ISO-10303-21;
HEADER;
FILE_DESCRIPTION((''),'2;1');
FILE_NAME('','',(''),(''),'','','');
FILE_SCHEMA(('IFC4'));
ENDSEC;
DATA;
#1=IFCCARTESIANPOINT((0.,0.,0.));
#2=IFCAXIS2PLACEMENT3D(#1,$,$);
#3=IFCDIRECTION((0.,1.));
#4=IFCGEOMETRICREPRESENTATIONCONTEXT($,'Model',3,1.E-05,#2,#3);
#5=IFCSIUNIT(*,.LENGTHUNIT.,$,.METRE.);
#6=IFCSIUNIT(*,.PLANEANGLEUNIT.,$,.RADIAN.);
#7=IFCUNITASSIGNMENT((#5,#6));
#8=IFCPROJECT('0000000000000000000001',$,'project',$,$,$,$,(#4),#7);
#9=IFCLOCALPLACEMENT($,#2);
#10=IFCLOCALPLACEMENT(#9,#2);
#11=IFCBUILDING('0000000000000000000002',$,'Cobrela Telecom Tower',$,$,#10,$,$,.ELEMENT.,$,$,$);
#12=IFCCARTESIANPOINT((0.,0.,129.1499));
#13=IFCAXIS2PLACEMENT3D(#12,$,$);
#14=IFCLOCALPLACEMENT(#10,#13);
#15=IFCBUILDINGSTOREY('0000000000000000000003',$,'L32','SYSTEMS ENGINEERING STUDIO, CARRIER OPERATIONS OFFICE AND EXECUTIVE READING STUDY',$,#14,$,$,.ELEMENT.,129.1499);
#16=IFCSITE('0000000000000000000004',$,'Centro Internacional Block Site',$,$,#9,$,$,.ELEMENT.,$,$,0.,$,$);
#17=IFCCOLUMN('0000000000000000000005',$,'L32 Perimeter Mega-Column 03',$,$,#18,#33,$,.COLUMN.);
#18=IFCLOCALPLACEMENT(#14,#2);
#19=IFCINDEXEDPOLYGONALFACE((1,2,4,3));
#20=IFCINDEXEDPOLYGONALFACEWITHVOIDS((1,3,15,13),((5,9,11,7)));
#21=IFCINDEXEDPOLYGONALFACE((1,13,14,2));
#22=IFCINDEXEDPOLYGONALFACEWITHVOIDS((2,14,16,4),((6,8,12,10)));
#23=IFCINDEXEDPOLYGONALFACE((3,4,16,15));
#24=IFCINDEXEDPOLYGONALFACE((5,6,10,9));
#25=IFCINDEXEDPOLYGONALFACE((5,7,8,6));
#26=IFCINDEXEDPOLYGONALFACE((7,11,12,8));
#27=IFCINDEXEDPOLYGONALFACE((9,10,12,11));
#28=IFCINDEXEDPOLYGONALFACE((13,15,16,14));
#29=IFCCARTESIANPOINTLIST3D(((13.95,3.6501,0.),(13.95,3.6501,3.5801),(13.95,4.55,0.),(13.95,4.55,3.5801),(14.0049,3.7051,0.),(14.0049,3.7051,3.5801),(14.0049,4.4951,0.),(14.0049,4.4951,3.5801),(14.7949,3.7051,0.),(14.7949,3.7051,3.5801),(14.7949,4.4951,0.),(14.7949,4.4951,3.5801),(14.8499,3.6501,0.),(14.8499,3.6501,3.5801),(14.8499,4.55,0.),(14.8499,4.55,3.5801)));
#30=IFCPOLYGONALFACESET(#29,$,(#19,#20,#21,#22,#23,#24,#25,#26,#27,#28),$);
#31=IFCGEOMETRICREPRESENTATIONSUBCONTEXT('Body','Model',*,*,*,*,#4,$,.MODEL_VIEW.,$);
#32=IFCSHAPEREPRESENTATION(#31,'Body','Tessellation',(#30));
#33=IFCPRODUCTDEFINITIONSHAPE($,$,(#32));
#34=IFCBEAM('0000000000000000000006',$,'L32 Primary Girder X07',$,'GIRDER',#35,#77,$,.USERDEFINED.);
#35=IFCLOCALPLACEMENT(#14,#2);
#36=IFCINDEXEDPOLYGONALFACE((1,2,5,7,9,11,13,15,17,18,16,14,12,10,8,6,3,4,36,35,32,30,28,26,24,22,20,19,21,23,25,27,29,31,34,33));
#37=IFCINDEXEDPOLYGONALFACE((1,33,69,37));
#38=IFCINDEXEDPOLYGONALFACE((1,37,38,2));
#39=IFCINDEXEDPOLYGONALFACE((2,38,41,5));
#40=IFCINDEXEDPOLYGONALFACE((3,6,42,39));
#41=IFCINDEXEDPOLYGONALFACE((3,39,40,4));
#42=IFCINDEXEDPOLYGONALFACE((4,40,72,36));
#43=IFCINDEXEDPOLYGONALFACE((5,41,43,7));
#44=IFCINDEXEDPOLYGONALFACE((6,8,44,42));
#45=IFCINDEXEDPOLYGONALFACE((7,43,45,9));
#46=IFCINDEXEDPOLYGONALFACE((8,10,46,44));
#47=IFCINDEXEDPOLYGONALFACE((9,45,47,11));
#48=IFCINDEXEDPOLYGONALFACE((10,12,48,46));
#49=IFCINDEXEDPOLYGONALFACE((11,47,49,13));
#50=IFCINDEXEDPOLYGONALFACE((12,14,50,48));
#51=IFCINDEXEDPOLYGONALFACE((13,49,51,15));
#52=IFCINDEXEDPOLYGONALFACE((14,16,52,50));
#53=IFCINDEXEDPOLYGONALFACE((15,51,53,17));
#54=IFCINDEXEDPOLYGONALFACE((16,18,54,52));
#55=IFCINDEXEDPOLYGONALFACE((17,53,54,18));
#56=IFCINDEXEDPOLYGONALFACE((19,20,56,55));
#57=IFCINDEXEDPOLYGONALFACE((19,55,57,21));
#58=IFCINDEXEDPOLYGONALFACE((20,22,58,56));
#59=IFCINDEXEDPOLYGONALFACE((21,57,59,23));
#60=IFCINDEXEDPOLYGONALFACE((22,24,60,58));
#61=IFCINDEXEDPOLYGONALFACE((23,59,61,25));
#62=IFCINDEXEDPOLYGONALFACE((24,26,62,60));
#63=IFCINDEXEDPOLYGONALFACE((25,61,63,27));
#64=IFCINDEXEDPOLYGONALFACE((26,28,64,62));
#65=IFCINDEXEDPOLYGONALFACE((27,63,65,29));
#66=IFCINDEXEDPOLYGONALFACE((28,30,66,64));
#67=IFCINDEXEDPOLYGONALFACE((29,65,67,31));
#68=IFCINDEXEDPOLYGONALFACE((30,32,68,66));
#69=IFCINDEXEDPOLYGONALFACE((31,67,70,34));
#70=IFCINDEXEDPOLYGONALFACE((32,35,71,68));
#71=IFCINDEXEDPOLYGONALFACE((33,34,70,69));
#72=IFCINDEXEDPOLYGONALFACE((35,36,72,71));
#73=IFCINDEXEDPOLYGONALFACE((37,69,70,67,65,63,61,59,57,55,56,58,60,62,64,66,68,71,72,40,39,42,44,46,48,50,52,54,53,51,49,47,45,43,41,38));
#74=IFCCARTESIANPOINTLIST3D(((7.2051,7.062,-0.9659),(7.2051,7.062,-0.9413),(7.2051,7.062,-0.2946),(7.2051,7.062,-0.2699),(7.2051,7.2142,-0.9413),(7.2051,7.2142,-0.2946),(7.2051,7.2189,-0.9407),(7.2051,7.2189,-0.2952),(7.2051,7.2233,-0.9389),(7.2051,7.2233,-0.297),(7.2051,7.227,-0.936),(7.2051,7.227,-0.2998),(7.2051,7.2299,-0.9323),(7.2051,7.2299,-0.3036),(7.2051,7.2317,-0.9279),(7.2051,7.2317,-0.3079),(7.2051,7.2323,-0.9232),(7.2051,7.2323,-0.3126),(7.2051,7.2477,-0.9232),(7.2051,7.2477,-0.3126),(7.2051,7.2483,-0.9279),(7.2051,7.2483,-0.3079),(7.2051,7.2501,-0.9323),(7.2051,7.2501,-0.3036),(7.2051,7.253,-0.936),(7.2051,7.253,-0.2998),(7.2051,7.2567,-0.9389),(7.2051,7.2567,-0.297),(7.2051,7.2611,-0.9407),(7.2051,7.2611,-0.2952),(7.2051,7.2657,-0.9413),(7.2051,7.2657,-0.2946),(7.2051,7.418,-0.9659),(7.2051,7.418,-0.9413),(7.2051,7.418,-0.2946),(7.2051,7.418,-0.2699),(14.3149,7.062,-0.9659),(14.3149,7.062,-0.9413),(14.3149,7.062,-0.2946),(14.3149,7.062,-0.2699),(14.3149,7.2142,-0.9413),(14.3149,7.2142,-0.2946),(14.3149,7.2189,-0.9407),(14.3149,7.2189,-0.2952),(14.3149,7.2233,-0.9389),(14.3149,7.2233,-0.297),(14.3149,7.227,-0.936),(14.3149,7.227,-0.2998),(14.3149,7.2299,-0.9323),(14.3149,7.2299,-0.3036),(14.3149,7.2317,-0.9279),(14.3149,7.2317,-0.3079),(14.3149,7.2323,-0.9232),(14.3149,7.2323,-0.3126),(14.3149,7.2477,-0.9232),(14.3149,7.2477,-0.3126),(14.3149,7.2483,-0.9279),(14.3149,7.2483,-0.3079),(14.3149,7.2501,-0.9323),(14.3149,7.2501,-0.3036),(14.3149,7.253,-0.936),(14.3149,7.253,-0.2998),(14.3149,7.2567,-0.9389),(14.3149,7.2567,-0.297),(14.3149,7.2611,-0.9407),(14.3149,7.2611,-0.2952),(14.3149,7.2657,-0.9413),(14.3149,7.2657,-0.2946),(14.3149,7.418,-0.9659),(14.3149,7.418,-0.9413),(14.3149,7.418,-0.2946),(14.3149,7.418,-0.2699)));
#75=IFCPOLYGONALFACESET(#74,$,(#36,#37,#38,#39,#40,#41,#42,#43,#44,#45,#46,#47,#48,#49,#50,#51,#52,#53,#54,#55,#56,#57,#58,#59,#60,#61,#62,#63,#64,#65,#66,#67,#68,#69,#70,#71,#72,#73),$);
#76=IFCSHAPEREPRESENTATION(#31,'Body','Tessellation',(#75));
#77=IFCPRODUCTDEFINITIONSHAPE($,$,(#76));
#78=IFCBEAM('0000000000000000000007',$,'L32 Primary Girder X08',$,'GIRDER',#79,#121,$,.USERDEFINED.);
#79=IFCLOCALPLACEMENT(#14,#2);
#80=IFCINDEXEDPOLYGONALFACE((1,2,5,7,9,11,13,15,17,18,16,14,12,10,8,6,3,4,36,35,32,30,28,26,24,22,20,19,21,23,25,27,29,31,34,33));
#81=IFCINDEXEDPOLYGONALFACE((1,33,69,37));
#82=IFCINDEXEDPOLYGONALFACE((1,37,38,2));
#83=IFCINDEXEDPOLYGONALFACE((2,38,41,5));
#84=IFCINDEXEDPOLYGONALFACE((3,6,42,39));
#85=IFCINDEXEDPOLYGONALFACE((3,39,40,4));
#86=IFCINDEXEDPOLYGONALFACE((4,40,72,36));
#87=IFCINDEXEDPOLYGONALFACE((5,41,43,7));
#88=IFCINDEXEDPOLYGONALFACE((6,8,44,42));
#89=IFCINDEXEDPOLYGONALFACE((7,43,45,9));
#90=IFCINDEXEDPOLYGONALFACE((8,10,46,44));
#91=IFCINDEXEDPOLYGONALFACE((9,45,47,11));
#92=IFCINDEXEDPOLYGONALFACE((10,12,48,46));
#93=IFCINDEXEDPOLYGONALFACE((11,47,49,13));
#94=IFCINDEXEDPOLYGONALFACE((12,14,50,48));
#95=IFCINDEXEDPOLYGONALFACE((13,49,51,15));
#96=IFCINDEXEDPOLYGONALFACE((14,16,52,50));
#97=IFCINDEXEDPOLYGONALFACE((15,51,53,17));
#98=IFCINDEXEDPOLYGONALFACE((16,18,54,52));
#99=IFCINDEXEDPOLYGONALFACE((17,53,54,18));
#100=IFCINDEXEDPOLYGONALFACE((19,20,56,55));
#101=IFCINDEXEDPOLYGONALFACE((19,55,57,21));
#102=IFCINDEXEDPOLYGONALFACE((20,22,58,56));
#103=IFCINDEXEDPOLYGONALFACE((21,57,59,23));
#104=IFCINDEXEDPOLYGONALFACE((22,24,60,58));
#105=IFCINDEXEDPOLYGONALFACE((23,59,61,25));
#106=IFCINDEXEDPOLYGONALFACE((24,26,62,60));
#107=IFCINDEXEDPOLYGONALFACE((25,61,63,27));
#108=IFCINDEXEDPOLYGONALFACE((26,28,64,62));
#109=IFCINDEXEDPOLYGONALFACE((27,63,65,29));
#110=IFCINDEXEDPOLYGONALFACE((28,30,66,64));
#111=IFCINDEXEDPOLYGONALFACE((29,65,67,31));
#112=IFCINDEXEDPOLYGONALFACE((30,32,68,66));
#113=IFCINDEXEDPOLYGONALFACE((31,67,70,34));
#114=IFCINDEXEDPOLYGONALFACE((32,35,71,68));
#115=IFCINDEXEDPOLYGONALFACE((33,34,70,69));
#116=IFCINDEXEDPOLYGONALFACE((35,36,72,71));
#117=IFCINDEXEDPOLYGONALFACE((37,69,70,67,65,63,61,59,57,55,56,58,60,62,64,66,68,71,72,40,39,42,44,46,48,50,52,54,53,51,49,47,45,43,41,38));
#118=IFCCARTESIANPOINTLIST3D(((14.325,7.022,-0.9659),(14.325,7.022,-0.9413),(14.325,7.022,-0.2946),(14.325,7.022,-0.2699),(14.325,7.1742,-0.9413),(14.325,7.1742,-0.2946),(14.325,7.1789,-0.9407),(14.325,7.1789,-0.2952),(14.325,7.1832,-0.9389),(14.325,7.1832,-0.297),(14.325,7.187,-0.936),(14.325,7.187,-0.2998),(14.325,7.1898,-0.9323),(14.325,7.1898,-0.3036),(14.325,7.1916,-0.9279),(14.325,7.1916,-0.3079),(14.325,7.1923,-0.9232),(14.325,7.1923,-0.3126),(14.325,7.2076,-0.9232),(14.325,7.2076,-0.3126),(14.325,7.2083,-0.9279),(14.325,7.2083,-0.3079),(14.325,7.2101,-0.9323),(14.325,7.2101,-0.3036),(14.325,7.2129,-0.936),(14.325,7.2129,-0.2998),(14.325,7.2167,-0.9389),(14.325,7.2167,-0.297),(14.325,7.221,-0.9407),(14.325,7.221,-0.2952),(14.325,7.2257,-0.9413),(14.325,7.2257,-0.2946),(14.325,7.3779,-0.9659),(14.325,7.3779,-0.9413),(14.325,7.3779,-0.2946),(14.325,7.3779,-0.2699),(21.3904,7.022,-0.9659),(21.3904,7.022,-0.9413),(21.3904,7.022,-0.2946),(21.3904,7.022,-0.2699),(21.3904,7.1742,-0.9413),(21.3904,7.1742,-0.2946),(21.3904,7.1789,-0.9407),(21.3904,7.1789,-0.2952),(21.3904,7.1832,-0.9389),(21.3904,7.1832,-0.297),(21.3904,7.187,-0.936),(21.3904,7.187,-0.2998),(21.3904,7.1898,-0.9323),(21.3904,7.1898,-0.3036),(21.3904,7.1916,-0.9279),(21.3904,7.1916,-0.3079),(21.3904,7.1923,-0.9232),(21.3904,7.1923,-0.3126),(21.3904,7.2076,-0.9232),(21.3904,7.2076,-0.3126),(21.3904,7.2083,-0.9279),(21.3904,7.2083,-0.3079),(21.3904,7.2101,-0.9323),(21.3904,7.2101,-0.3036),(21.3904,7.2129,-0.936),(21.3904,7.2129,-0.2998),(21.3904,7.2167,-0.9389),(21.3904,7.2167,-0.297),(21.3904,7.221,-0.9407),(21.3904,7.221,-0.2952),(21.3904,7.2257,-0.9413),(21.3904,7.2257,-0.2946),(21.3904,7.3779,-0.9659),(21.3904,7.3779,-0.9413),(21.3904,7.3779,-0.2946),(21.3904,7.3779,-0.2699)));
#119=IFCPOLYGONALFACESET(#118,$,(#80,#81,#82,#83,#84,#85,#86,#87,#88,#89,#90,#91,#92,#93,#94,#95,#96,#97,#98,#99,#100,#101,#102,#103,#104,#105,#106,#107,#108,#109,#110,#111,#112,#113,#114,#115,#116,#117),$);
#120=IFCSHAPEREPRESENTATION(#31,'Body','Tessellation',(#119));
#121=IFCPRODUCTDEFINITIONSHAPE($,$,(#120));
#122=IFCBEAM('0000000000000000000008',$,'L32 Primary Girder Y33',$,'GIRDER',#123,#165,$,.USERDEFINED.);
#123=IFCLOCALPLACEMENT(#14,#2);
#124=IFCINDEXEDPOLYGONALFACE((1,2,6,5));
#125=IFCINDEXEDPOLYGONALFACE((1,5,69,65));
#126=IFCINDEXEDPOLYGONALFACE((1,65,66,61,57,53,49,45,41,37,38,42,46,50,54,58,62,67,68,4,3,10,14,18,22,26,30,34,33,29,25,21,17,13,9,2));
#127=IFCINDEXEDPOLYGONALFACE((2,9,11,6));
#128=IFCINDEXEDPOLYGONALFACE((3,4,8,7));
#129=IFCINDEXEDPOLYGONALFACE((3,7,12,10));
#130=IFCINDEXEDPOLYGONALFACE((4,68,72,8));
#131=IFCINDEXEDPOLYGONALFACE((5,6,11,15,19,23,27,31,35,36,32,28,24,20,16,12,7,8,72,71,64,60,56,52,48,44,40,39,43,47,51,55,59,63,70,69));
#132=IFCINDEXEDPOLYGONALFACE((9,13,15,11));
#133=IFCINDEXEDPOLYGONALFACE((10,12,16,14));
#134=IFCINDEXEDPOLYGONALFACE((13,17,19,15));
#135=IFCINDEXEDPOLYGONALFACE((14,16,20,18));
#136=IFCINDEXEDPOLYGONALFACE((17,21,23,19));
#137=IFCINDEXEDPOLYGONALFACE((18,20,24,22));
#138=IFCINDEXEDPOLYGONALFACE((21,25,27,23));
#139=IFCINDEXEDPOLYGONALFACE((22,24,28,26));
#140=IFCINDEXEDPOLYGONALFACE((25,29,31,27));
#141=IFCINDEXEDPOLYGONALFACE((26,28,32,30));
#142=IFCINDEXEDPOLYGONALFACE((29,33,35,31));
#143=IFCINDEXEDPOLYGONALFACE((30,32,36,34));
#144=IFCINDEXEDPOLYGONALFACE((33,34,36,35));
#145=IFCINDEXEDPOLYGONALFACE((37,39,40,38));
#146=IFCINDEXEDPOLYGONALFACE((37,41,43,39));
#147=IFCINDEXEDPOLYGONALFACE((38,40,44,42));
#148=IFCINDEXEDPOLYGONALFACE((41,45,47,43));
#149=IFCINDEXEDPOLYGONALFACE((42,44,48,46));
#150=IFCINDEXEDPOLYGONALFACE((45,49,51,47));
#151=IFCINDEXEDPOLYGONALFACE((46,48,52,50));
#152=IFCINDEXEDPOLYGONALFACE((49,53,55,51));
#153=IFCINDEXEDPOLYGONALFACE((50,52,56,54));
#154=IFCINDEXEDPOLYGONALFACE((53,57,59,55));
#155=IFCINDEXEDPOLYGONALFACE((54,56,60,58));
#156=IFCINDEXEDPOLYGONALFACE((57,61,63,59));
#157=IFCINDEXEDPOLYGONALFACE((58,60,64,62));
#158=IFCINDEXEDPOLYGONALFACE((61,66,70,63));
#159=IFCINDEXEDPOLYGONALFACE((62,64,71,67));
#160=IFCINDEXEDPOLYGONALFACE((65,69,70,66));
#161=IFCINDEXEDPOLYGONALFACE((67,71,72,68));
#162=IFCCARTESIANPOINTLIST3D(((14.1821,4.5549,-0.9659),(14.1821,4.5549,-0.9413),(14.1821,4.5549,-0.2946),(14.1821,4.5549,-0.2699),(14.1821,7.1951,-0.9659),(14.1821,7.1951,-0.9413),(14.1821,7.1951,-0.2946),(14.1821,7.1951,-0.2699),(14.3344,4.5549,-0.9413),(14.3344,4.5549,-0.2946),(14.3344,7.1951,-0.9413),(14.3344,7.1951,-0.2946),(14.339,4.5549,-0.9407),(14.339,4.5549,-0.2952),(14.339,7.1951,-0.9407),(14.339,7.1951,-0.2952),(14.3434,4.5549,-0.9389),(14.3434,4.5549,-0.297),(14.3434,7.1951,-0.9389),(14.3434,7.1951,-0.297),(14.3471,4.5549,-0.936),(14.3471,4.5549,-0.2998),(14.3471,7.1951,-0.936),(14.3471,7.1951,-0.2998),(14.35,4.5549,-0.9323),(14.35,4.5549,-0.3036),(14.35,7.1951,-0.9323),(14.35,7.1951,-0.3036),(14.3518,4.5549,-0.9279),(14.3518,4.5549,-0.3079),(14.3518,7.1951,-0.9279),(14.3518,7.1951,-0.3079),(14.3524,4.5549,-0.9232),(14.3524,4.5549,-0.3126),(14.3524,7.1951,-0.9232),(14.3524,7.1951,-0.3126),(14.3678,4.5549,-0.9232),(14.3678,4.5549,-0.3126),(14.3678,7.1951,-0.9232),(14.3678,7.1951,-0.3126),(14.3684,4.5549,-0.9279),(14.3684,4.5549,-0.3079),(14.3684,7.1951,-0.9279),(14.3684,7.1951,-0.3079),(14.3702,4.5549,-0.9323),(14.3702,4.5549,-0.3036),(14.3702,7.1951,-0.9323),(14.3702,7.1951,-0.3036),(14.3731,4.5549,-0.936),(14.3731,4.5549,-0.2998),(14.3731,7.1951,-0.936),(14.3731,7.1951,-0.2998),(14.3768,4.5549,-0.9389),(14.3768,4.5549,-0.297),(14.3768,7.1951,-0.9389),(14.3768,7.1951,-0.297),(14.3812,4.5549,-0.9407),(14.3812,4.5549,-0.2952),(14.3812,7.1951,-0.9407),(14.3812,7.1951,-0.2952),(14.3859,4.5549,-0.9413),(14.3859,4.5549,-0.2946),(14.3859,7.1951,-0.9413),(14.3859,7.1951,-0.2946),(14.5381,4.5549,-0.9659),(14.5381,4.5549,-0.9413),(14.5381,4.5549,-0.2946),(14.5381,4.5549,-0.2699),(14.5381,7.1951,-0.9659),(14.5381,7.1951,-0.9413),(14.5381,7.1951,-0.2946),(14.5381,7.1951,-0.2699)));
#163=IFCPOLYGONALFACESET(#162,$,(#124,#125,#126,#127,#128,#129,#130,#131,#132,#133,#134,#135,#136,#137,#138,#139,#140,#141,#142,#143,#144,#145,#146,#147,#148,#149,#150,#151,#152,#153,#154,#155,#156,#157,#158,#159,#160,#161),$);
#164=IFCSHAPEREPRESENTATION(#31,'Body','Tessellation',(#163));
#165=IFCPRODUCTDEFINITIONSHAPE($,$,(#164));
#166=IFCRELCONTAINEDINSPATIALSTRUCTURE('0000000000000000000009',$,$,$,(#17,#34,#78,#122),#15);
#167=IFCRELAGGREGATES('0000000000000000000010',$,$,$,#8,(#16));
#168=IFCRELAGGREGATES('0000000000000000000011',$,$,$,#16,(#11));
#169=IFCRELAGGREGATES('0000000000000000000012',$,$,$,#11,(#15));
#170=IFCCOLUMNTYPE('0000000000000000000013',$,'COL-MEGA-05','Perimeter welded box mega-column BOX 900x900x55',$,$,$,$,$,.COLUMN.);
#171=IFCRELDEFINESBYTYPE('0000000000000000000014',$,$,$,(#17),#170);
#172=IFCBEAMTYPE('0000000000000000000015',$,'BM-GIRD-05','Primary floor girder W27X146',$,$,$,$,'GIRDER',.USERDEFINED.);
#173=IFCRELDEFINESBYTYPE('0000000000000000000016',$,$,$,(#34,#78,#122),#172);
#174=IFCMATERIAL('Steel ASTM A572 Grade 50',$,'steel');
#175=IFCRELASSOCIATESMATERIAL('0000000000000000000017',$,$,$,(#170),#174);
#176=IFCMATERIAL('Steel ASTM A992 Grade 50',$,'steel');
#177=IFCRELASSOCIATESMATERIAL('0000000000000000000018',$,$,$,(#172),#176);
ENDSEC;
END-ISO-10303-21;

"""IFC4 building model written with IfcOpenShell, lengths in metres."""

from ifc_helpers import new_model, si_unit, direction, frame, origin, origin_2d, place, context, subcontext, project, spatial, hollow_rectangle, i_section, extrude, material, material_profile, profile_set, type_object, element, save


model = new_model("IFC4")

# Units and contexts
model_context = context("Model", 3, precision=1e-05, world=origin(), true_north=direction((0.0, 1.0)))
body_context = subcontext(model_context, "Body", "Model", "MODEL_VIEW")
ifc_project = project(units=[si_unit("LENGTHUNIT", "METRE"), si_unit("PLANEANGLEUNIT", "RADIAN")], contexts=[model_context])

# Site, building, storey
site_placement = place(None, origin())
site = spatial("IfcSite", under=ifc_project, at=site_placement, Name="Centro Internacional Block Site", CompositionType="ELEMENT", RefElevation=0.0)
building_placement = place(site_placement, origin())
building = spatial("IfcBuilding", under=site, at=building_placement, Name="Cobrela Telecom Tower", CompositionType="ELEMENT")
storey_placement = place(building_placement, frame((0.0, 0.0, 129.1499)))
storey = spatial("IfcBuildingStorey", under=building, at=storey_placement, Name="L32", Description="SYSTEMS ENGINEERING STUDIO, CARRIER OPERATIONS OFFICE AND EXECUTIVE READING STUDY", CompositionType="ELEMENT", Elevation=129.1499)

# Column
ifc_material_1 = material(Name="Steel ASTM A572 Grade 50", Category="steel")
ifc_material_profile_1 = material_profile(ifc_material_1, hollow_rectangle(XDim=0.8999, YDim=0.8999, WallThickness=0.0549, at=origin_2d()), Name="BOX 900x900x55")
ifc_profile_set_1 = profile_set([ifc_material_profile_1], Name="Steel ASTM A572 Grade 50")
column_type = type_object("IfcColumnType", Name="COL-MEGA-05", Description="Perimeter welded box mega-column BOX 900x900x55", PredefinedType="COLUMN", material=ifc_profile_set_1)
column_placement = place(storey_placement, frame((14.3999, 4.1001, 0.0), z_axis=(0.0, 0.0, 1.0), x_axis=(1.0, 0.0, 0.0)))
element("IfcColumn", 1, at=column_placement, inside=storey, type_object=column_type, Name="L32 Perimeter Mega-Column 03", PredefinedType="COLUMN", context=body_context, shape_type="SweptSolid", body=[
    extrude(hollow_rectangle(XDim=0.8999, YDim=0.8999, WallThickness=0.0549, at=origin_2d()), origin(), (0.0, 0.0, 1.0), 3.5801),
])

# Beams
ifc_material_2 = material(Name="Steel ASTM A992 Grade 50", Category="steel")
ifc_material_profile_2 = material_profile(ifc_material_2, i_section(OverallWidth=0.356, OverallDepth=0.696, WebThickness=0.0154, FlangeThickness=0.0247, FilletRadius=0.0181, at=origin_2d()), Name="W27X146")
ifc_profile_set_2 = profile_set([ifc_material_profile_2], Name="Steel ASTM A992 Grade 50")
beam_type_1 = type_object("IfcBeamType", Name="BM-GIRD-05", Description="Primary floor girder W27X146", ElementType="GIRDER", PredefinedType="USERDEFINED", material=ifc_profile_set_2)
beam_1_placement = place(storey_placement, frame((7.2051, 7.24, -0.6179), z_axis=(1.0, 0.0, 0.0), x_axis=(0.0, 1.0, 0.0)))
element("IfcBeam", 2, at=beam_1_placement, inside=storey, type_object=beam_type_1, Name="L32 Primary Girder X07", ObjectType="GIRDER", PredefinedType="USERDEFINED", context=body_context, shape_type="SweptSolid", body=[
    extrude(i_section(OverallWidth=0.356, OverallDepth=0.696, WebThickness=0.0154, FlangeThickness=0.0247, FilletRadius=0.0181, at=origin_2d()), origin(), (0.0, 0.0, 1.0), 7.1099),
])
beam_2_placement = place(storey_placement, frame((14.325, 7.2, -0.6179), z_axis=(1.0, 0.0, 0.0), x_axis=(0.0, 1.0, 0.0)))
element("IfcBeam", 3, at=beam_2_placement, inside=storey, type_object=beam_type_1, Name="L32 Primary Girder X08", ObjectType="GIRDER", PredefinedType="USERDEFINED", context=body_context, shape_type="SweptSolid", body=[
    extrude(i_section(OverallWidth=0.356, OverallDepth=0.696, WebThickness=0.0154, FlangeThickness=0.0247, FilletRadius=0.0181, at=origin_2d()), origin(), (0.0, 0.0, 1.0), 7.0654),
])
beam_3_placement = place(storey_placement, frame((14.3601, 4.5549, -0.6179), z_axis=(0.0, 1.0, 0.0), x_axis=(-1.0, 0.0, 0.0)))
element("IfcBeam", 4, at=beam_3_placement, inside=storey, type_object=beam_type_1, Name="L32 Primary Girder Y33", ObjectType="GIRDER", PredefinedType="USERDEFINED", context=body_context, shape_type="SweptSolid", body=[
    extrude(i_section(OverallWidth=0.356, OverallDepth=0.696, WebThickness=0.0154, FlangeThickness=0.0247, FilletRadius=0.0181, at=origin_2d()), origin(), (0.0, 0.0, 1.0), 2.6401),
])

save(model, "model.ifc")
